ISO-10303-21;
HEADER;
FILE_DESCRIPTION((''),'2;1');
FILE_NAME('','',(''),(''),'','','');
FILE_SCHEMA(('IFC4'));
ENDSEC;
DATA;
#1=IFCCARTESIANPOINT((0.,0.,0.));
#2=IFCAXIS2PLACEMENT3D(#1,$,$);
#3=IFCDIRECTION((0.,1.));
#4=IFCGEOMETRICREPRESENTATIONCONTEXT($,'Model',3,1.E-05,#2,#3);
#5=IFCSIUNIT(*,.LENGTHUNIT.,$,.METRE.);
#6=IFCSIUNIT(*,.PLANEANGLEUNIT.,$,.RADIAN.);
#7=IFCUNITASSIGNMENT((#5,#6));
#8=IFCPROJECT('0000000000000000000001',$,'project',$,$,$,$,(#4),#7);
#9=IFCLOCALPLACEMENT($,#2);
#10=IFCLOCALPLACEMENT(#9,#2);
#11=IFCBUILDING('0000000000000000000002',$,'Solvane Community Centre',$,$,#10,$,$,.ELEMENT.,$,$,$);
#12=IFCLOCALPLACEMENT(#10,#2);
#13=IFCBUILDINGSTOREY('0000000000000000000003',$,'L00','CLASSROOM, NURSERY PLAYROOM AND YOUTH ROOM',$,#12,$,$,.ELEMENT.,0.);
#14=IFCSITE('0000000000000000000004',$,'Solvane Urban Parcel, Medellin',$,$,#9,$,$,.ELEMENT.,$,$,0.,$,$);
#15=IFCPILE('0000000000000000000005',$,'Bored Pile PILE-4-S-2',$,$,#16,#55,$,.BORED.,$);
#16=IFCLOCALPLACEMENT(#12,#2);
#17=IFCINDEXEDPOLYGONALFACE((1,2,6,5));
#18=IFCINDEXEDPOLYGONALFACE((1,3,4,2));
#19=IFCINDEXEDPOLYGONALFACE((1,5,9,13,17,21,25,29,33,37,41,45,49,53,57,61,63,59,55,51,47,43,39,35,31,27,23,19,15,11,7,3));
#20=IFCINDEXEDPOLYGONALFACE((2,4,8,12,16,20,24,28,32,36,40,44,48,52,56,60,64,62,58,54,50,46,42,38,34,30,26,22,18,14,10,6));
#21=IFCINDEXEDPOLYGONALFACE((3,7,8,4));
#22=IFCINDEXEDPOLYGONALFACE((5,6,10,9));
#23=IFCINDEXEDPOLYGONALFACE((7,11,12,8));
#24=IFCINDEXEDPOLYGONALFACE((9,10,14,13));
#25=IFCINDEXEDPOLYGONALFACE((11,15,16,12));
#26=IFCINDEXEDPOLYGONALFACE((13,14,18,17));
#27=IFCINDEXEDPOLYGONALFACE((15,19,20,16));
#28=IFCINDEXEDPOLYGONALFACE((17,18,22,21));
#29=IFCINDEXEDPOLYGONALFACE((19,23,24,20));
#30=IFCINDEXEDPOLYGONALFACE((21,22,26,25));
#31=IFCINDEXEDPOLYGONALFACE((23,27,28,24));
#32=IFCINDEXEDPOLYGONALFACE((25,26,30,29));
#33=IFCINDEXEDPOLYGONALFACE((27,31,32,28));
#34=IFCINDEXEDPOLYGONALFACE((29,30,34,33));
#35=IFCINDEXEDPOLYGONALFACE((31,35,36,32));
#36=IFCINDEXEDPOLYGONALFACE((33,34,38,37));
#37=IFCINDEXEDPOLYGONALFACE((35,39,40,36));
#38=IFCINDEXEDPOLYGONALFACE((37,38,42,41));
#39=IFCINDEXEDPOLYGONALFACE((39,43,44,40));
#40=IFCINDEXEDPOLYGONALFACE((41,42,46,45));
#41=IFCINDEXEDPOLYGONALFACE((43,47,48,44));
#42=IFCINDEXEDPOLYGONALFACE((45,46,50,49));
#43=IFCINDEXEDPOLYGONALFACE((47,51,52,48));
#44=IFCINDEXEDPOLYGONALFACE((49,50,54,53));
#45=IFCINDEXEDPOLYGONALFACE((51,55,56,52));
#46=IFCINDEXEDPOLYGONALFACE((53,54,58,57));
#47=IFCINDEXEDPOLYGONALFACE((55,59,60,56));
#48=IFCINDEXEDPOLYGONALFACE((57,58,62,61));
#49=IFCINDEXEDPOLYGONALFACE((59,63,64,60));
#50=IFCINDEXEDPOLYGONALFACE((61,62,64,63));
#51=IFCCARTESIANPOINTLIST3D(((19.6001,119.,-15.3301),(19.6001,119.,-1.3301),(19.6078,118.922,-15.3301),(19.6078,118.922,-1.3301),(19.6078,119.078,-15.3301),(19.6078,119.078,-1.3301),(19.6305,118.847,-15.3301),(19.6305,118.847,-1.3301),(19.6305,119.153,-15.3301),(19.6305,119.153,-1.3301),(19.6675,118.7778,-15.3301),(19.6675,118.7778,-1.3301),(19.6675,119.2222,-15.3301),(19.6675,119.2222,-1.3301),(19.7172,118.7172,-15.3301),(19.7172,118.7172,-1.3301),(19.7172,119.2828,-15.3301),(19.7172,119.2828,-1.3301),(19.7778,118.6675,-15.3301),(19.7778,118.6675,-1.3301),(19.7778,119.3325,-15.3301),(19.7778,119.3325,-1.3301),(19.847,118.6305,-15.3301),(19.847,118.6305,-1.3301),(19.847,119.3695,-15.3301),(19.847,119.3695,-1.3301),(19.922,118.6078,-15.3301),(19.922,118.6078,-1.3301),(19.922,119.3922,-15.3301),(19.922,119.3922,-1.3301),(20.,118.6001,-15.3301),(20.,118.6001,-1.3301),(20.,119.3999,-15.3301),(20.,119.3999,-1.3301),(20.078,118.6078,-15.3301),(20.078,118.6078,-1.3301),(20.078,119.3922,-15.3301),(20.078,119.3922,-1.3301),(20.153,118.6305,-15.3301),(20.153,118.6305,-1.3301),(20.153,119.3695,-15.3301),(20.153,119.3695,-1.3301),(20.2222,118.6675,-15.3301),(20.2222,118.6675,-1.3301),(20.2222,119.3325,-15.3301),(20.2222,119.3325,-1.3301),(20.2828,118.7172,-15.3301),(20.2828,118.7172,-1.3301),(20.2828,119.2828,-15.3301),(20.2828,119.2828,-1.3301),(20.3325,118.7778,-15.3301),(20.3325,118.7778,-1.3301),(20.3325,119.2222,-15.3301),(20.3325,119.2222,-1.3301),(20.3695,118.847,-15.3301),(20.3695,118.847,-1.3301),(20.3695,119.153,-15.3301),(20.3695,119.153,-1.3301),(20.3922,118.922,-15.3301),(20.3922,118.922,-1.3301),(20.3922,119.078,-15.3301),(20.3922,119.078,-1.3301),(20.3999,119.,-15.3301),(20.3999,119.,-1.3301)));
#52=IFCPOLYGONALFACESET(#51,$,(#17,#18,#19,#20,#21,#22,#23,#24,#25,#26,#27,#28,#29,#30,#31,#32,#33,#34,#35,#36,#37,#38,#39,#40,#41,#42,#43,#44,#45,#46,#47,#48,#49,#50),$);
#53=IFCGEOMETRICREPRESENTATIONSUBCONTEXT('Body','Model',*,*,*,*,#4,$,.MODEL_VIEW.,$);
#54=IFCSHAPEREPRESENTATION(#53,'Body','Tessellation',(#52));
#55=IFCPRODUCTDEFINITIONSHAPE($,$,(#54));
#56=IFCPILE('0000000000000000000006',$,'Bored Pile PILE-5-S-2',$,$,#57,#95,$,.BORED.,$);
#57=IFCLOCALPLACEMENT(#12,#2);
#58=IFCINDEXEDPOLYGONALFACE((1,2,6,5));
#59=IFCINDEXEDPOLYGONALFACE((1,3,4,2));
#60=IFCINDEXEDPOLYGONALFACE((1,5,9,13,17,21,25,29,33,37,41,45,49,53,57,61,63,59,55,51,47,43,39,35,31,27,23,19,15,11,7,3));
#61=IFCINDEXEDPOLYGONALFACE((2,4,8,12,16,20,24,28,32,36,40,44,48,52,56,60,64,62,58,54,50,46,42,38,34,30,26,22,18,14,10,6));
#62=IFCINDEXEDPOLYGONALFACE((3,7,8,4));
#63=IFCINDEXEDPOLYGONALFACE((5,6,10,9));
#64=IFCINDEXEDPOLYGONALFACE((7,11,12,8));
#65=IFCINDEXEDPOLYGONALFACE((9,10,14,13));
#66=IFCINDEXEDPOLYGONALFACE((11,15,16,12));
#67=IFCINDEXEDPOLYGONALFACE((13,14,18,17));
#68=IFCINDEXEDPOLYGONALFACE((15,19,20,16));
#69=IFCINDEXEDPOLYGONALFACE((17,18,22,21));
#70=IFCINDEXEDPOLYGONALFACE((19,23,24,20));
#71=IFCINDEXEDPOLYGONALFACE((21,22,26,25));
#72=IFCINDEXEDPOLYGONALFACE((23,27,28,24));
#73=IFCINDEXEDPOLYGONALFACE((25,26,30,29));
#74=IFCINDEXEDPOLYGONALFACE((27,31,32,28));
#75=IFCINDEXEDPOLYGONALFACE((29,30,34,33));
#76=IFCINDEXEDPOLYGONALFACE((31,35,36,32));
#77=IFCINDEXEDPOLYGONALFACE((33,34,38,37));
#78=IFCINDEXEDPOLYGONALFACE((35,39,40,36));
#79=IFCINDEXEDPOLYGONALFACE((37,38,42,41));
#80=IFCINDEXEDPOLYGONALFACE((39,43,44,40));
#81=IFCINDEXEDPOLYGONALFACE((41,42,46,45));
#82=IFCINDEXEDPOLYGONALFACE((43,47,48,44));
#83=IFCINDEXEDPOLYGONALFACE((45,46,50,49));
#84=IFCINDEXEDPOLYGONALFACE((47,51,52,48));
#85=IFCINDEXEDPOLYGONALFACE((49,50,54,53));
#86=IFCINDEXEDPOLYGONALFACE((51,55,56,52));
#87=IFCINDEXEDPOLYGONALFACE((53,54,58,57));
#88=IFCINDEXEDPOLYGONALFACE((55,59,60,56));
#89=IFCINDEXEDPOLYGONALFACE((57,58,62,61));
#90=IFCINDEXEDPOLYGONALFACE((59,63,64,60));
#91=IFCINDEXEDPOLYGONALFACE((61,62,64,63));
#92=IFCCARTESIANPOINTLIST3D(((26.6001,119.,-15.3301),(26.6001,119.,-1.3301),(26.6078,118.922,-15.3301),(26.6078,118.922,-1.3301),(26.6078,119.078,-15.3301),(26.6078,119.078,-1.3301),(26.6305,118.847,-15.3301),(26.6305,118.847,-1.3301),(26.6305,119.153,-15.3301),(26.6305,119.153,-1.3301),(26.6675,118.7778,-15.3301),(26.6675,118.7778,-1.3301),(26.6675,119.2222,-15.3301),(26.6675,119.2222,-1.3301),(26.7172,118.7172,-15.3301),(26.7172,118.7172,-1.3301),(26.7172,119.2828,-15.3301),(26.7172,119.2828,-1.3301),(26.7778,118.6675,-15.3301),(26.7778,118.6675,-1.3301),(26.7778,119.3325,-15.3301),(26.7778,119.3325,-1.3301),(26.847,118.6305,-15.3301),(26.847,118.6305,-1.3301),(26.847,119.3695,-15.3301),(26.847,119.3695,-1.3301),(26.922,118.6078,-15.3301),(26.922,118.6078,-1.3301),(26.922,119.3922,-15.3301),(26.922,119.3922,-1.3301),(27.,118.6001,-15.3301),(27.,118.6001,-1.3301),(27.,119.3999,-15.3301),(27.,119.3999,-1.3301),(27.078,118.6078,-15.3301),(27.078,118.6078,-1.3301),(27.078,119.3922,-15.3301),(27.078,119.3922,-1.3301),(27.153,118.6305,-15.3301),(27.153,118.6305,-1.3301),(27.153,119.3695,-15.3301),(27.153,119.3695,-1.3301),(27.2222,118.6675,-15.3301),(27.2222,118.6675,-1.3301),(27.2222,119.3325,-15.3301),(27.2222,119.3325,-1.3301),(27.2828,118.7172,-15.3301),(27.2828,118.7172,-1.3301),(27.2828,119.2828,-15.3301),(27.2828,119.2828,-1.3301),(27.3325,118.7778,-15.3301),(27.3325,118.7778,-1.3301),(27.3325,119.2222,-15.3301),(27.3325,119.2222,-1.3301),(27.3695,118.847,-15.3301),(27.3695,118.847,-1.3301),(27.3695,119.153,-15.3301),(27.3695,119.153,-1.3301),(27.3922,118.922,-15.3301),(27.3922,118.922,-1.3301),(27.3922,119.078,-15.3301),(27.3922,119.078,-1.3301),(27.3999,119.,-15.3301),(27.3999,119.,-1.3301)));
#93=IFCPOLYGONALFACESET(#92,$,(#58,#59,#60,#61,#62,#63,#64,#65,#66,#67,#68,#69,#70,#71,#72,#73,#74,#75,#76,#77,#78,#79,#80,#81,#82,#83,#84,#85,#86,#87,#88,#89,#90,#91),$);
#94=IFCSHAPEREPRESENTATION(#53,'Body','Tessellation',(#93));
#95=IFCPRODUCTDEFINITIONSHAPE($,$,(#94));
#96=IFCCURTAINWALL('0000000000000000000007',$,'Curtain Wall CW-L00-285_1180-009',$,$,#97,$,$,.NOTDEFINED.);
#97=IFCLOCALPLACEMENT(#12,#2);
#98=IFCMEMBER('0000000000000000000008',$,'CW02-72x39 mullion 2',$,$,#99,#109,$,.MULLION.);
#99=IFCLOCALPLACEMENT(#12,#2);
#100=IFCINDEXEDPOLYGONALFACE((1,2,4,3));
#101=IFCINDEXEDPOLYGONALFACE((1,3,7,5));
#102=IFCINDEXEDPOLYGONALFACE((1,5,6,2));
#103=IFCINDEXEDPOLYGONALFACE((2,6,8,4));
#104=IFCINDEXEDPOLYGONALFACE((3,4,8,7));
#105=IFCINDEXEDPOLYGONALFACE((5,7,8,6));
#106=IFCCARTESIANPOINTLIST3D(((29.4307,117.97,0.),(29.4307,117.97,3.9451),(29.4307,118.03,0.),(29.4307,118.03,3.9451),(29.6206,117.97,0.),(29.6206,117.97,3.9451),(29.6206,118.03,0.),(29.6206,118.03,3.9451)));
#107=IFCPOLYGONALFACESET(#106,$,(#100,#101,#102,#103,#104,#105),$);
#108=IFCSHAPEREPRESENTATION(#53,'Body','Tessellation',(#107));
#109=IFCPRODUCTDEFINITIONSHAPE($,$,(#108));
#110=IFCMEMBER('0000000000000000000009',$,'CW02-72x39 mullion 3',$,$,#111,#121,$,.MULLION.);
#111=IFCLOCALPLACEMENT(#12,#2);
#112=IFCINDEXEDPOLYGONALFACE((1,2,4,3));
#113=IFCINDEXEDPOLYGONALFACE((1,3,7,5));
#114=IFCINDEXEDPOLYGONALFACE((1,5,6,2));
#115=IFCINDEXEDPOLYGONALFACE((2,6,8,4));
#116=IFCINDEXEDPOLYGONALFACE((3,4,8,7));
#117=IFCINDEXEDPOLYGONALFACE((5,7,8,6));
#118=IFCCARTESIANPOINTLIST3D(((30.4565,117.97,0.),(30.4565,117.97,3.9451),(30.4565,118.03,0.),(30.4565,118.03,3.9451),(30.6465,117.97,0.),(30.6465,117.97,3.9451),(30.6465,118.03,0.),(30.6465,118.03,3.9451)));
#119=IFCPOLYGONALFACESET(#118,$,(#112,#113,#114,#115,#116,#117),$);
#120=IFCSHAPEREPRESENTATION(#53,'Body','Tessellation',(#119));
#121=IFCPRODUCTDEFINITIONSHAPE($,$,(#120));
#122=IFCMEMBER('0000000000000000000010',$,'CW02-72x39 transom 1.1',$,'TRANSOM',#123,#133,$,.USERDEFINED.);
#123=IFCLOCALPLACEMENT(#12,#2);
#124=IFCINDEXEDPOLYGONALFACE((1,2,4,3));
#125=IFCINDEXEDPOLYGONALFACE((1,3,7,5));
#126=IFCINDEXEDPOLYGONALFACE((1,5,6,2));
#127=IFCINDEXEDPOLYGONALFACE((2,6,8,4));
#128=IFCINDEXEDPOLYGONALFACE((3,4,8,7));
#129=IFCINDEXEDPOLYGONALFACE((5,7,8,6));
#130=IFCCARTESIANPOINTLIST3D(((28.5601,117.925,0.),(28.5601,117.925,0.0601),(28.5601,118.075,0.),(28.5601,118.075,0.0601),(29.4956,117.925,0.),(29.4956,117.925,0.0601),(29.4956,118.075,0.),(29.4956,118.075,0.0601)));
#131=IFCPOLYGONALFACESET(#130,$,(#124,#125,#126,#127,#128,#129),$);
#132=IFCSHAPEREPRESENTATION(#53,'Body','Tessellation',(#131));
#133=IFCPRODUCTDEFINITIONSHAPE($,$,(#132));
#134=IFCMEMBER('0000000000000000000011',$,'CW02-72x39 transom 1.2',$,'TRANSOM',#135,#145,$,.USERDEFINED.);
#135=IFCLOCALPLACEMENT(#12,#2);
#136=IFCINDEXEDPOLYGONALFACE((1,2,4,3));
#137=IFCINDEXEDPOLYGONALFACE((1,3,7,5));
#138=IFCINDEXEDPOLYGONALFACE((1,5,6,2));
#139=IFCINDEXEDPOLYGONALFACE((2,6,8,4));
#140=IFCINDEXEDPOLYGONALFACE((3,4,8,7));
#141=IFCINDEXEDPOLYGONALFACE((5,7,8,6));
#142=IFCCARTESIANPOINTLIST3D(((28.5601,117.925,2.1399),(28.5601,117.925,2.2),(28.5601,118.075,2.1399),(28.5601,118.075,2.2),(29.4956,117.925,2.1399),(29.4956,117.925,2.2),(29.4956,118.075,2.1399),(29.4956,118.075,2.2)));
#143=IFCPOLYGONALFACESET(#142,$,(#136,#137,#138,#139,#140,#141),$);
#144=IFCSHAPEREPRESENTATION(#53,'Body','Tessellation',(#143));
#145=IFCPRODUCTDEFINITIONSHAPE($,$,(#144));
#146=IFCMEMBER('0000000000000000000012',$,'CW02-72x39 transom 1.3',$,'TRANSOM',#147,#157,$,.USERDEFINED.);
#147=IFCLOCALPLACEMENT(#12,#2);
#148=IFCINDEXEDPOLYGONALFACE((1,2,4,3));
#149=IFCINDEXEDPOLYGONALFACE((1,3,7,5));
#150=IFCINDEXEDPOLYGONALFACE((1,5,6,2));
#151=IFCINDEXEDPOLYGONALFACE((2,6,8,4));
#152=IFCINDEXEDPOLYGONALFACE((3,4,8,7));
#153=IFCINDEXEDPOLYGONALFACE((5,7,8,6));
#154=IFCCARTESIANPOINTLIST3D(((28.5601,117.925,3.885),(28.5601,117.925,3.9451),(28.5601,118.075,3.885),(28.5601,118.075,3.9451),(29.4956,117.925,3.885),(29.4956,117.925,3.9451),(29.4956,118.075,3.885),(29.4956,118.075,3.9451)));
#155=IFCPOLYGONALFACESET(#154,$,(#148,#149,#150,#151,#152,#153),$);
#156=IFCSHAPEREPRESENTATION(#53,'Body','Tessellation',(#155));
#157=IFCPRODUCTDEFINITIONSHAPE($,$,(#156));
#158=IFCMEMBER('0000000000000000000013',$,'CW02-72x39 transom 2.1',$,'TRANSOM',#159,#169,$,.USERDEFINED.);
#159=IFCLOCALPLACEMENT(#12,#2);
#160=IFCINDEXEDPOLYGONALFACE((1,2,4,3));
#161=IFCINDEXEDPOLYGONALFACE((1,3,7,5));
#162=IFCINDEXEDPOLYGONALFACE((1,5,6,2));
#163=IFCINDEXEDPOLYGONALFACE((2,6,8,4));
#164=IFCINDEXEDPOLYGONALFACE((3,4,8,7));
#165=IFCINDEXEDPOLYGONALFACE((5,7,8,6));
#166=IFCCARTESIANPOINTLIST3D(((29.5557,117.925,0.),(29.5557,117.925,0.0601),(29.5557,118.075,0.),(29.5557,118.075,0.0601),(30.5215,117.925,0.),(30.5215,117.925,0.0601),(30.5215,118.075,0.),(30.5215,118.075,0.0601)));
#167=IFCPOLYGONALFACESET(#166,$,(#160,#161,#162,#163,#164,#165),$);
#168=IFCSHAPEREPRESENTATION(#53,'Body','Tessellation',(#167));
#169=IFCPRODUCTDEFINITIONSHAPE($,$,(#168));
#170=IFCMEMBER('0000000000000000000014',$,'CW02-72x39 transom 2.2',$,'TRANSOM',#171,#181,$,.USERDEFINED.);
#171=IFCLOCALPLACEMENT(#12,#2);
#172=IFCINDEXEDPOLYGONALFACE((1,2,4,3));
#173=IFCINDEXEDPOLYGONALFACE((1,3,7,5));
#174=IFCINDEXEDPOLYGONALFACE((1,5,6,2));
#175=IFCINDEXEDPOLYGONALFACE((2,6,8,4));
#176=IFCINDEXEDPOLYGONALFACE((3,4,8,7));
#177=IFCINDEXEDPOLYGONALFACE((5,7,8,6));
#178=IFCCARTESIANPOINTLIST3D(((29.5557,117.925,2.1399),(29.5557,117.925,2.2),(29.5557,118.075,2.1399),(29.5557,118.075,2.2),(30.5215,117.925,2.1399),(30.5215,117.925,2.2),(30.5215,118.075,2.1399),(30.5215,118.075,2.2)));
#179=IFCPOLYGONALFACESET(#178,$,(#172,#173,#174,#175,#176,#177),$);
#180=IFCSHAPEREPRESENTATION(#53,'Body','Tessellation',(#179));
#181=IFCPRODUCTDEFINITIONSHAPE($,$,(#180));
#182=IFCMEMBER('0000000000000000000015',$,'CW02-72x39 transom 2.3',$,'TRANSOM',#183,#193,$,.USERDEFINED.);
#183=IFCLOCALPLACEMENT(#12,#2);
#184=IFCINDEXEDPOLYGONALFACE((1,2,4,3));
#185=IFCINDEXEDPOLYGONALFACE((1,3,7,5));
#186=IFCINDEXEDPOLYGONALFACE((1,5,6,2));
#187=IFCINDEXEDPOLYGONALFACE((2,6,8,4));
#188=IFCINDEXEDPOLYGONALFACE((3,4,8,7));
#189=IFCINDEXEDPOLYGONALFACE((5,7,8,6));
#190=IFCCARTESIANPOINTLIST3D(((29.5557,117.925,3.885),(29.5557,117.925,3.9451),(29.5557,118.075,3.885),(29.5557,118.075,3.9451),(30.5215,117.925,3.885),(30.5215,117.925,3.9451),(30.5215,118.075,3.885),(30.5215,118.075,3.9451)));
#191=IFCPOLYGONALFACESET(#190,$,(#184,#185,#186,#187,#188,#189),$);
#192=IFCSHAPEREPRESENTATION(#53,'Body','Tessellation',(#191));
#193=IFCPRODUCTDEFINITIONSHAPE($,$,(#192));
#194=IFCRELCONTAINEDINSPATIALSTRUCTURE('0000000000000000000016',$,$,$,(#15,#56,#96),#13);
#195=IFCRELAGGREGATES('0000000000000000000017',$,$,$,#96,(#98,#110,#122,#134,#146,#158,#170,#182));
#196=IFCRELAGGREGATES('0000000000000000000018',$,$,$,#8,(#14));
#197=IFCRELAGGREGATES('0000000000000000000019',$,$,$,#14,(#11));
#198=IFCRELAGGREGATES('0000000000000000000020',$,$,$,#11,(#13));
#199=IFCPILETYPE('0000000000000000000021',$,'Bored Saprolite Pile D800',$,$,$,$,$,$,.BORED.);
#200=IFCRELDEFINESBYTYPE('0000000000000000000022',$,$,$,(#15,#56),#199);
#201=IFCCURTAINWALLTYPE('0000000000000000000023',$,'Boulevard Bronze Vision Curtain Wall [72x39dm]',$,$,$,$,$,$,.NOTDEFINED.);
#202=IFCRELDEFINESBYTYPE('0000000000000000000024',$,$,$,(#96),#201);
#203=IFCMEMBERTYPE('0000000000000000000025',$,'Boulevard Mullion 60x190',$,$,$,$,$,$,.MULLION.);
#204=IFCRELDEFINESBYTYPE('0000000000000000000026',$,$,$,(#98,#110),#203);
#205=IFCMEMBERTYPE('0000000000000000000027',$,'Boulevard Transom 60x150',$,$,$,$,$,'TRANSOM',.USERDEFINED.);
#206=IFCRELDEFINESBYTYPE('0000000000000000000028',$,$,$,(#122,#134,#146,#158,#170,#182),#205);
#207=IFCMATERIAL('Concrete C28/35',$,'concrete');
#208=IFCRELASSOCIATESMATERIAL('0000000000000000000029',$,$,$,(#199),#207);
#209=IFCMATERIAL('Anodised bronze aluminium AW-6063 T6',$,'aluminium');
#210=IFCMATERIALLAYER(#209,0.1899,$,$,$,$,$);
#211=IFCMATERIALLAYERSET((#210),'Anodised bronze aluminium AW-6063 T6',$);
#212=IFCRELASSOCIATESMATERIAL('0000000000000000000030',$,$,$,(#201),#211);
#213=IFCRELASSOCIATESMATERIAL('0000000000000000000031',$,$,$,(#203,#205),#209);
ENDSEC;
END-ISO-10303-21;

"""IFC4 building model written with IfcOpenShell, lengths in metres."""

from ifc_helpers import new_model, si_unit, direction, frame, origin, origin_2d, place, context, subcontext, project, spatial, rectangle, circle, extrude, material, layer, layer_set, material_profile, profile_set, type_object, element, aggregate, save


model = new_model("IFC4")

# Units and contexts
model_context = context("Model", 3, precision=1e-05, world=origin(), true_north=direction((0.0, 1.0)))
body_context = subcontext(model_context, "Body", "Model", "MODEL_VIEW")
ifc_project = project(units=[si_unit("LENGTHUNIT", "METRE"), si_unit("PLANEANGLEUNIT", "RADIAN")], contexts=[model_context])

# Site, building, storey
site_placement = place(None, origin())
site = spatial("IfcSite", under=ifc_project, at=site_placement, Name="Solvane Urban Parcel, Medellin", CompositionType="ELEMENT", RefElevation=0.0)
building_placement = place(site_placement, origin())
building = spatial("IfcBuilding", under=site, at=building_placement, Name="Solvane Community Centre", CompositionType="ELEMENT")
storey_placement = place(building_placement, origin())
storey = spatial("IfcBuildingStorey", under=building, at=storey_placement, Name="L00", Description="CLASSROOM, NURSERY PLAYROOM AND YOUTH ROOM", CompositionType="ELEMENT", Elevation=0.0)

# Piles
ifc_material_1 = material(Name="Concrete C28/35", Category="concrete")
ifc_material_profile_1 = material_profile(ifc_material_1, circle(Radius=0.3999, at=origin_2d()), Name="PILE D800")
ifc_profile_set_1 = profile_set([ifc_material_profile_1], Name="Concrete C28/35")
pile_type = type_object("IfcPileType", Name="Bored Saprolite Pile D800", PredefinedType="BORED", material=ifc_profile_set_1)
for number, where, z_axis, x_axis, name in (
    (1, (20.0, 119.0, -1.3301), (0.0, 0.0, -1.0), (1.0, 0.0, 0.0), "Bored Pile PILE-4-S-2"),
    (2, (27.0, 119.0, -1.3301), (0.0, 0.0, -1.0), (1.0, 0.0, 0.0), "Bored Pile PILE-5-S-2"),
):
    element("IfcPile", number, at=place(storey_placement, frame(where, z_axis=z_axis, x_axis=x_axis)), inside=storey, type_object=pile_type, Name=name, PredefinedType="BORED", context=body_context, shape_type="SweptSolid", body=[
        extrude(circle(Radius=0.3999, at=origin_2d()), origin(), (0.0, 0.0, 1.0), 14.0),
    ])

# Curtain wall, members
ifc_material_2 = material(Name="Anodised bronze aluminium AW-6063 T6", Category="aluminium")
ifc_layer_1 = layer(ifc_material_2, 0.1899)
ifc_layer_set_1 = layer_set([ifc_layer_1], Name="Anodised bronze aluminium AW-6063 T6")
curtain_wall_type = type_object("IfcCurtainWallType", Name="Boulevard Bronze Vision Curtain Wall [72x39dm]", PredefinedType="NOTDEFINED", material=ifc_layer_set_1)
curtain_wall_placement = place(storey_placement, origin())
curtain_wall = element("IfcCurtainWall", 3, at=curtain_wall_placement, inside=storey, type_object=curtain_wall_type, Name="Curtain Wall CW-L00-285_1180-009", PredefinedType="NOTDEFINED")
ifc_material_profile_2 = material_profile(ifc_material_2, rectangle(XDim=0.0601, YDim=0.1899, at=origin_2d()), Name="CW-M 60x190")
ifc_profile_set_2 = profile_set([ifc_material_profile_2], Name="Anodised bronze aluminium AW-6063 T6")
member_type_1 = type_object("IfcMemberType", Name="Boulevard Mullion 60x190", PredefinedType="MULLION", material=ifc_profile_set_2)
member_1_placement = place(storey_placement, frame((29.5256, 118.0, 0.0), z_axis=(0.0, 0.0, 1.0), x_axis=(0.0, 1.0, 0.0)))
member_1 = element("IfcMember", 4, at=member_1_placement, type_object=member_type_1, Name="CW02-72x39 mullion 2", PredefinedType="MULLION", context=body_context, shape_type="SweptSolid", body=[
    extrude(rectangle(XDim=0.0601, YDim=0.1899, at=origin_2d()), origin(), (0.0, 0.0, 1.0), 3.9451),
])
member_2_placement = place(storey_placement, frame((30.5515, 118.0, 0.0), z_axis=(0.0, 0.0, 1.0), x_axis=(0.0, 1.0, 0.0)))
member_2 = element("IfcMember", 5, at=member_2_placement, type_object=member_type_1, Name="CW02-72x39 mullion 3", PredefinedType="MULLION", context=body_context, shape_type="SweptSolid", body=[
    extrude(rectangle(XDim=0.0601, YDim=0.1899, at=origin_2d()), origin(), (0.0, 0.0, 1.0), 3.9451),
])
ifc_material_profile_3 = material_profile(ifc_material_2, rectangle(XDim=0.1499, YDim=0.0601, at=origin_2d()), Name="CW-T 60x150")
ifc_profile_set_3 = profile_set([ifc_material_profile_3], Name="Anodised bronze aluminium AW-6063 T6")
member_type_2 = type_object("IfcMemberType", Name="Boulevard Transom 60x150", ElementType="TRANSOM", PredefinedType="USERDEFINED", material=ifc_profile_set_3)
member_3_placement = place(storey_placement, frame((28.5601, 118.0, 0.03), z_axis=(1.0, 0.0, 0.0), x_axis=(0.0, 1.0, 0.0)))
member_3 = element("IfcMember", 6, at=member_3_placement, type_object=member_type_2, Name="CW02-72x39 transom 1.1", ObjectType="TRANSOM", PredefinedType="USERDEFINED", context=body_context, shape_type="SweptSolid", body=[
    extrude(rectangle(XDim=0.1499, YDim=0.0601, at=origin_2d()), origin(), (0.0, 0.0, 1.0), 0.9355),
])
member_4_placement = place(storey_placement, frame((28.5601, 118.0, 2.1699), z_axis=(1.0, 0.0, 0.0), x_axis=(0.0, 1.0, 0.0)))
member_4 = element("IfcMember", 7, at=member_4_placement, type_object=member_type_2, Name="CW02-72x39 transom 1.2", ObjectType="TRANSOM", PredefinedType="USERDEFINED", context=body_context, shape_type="SweptSolid", body=[
    extrude(rectangle(XDim=0.1499, YDim=0.0601, at=origin_2d()), origin(), (0.0, 0.0, 1.0), 0.9355),
])
member_5_placement = place(storey_placement, frame((28.5601, 118.0, 3.915), z_axis=(1.0, 0.0, 0.0), x_axis=(0.0, 1.0, 0.0)))
member_5 = element("IfcMember", 8, at=member_5_placement, type_object=member_type_2, Name="CW02-72x39 transom 1.3", ObjectType="TRANSOM", PredefinedType="USERDEFINED", context=body_context, shape_type="SweptSolid", body=[
    extrude(rectangle(XDim=0.1499, YDim=0.0601, at=origin_2d()), origin(), (0.0, 0.0, 1.0), 0.9355),
])
member_6_placement = place(storey_placement, frame((29.5557, 118.0, 0.03), z_axis=(1.0, 0.0, 0.0), x_axis=(0.0, 1.0, 0.0)))
member_6 = element("IfcMember", 9, at=member_6_placement, type_object=member_type_2, Name="CW02-72x39 transom 2.1", ObjectType="TRANSOM", PredefinedType="USERDEFINED", context=body_context, shape_type="SweptSolid", body=[
    extrude(rectangle(XDim=0.1499, YDim=0.0601, at=origin_2d()), origin(), (0.0, 0.0, 1.0), 0.9658),
])
member_7_placement = place(storey_placement, frame((29.5557, 118.0, 2.1699), z_axis=(1.0, 0.0, 0.0), x_axis=(0.0, 1.0, 0.0)))
member_7 = element("IfcMember", 10, at=member_7_placement, type_object=member_type_2, Name="CW02-72x39 transom 2.2", ObjectType="TRANSOM", PredefinedType="USERDEFINED", context=body_context, shape_type="SweptSolid", body=[
    extrude(rectangle(XDim=0.1499, YDim=0.0601, at=origin_2d()), origin(), (0.0, 0.0, 1.0), 0.9658),
])
member_8_placement = place(storey_placement, frame((29.5557, 118.0, 3.915), z_axis=(1.0, 0.0, 0.0), x_axis=(0.0, 1.0, 0.0)))
member_8 = element("IfcMember", 11, at=member_8_placement, type_object=member_type_2, Name="CW02-72x39 transom 2.3", ObjectType="TRANSOM", PredefinedType="USERDEFINED", context=body_context, shape_type="SweptSolid", body=[
    extrude(rectangle(XDim=0.1499, YDim=0.0601, at=origin_2d()), origin(), (0.0, 0.0, 1.0), 0.9658),
])

aggregate(curtain_wall, [member_1, member_2, member_3, member_4, member_5, member_6, member_7, member_8])

save(model, "model.ifc")
